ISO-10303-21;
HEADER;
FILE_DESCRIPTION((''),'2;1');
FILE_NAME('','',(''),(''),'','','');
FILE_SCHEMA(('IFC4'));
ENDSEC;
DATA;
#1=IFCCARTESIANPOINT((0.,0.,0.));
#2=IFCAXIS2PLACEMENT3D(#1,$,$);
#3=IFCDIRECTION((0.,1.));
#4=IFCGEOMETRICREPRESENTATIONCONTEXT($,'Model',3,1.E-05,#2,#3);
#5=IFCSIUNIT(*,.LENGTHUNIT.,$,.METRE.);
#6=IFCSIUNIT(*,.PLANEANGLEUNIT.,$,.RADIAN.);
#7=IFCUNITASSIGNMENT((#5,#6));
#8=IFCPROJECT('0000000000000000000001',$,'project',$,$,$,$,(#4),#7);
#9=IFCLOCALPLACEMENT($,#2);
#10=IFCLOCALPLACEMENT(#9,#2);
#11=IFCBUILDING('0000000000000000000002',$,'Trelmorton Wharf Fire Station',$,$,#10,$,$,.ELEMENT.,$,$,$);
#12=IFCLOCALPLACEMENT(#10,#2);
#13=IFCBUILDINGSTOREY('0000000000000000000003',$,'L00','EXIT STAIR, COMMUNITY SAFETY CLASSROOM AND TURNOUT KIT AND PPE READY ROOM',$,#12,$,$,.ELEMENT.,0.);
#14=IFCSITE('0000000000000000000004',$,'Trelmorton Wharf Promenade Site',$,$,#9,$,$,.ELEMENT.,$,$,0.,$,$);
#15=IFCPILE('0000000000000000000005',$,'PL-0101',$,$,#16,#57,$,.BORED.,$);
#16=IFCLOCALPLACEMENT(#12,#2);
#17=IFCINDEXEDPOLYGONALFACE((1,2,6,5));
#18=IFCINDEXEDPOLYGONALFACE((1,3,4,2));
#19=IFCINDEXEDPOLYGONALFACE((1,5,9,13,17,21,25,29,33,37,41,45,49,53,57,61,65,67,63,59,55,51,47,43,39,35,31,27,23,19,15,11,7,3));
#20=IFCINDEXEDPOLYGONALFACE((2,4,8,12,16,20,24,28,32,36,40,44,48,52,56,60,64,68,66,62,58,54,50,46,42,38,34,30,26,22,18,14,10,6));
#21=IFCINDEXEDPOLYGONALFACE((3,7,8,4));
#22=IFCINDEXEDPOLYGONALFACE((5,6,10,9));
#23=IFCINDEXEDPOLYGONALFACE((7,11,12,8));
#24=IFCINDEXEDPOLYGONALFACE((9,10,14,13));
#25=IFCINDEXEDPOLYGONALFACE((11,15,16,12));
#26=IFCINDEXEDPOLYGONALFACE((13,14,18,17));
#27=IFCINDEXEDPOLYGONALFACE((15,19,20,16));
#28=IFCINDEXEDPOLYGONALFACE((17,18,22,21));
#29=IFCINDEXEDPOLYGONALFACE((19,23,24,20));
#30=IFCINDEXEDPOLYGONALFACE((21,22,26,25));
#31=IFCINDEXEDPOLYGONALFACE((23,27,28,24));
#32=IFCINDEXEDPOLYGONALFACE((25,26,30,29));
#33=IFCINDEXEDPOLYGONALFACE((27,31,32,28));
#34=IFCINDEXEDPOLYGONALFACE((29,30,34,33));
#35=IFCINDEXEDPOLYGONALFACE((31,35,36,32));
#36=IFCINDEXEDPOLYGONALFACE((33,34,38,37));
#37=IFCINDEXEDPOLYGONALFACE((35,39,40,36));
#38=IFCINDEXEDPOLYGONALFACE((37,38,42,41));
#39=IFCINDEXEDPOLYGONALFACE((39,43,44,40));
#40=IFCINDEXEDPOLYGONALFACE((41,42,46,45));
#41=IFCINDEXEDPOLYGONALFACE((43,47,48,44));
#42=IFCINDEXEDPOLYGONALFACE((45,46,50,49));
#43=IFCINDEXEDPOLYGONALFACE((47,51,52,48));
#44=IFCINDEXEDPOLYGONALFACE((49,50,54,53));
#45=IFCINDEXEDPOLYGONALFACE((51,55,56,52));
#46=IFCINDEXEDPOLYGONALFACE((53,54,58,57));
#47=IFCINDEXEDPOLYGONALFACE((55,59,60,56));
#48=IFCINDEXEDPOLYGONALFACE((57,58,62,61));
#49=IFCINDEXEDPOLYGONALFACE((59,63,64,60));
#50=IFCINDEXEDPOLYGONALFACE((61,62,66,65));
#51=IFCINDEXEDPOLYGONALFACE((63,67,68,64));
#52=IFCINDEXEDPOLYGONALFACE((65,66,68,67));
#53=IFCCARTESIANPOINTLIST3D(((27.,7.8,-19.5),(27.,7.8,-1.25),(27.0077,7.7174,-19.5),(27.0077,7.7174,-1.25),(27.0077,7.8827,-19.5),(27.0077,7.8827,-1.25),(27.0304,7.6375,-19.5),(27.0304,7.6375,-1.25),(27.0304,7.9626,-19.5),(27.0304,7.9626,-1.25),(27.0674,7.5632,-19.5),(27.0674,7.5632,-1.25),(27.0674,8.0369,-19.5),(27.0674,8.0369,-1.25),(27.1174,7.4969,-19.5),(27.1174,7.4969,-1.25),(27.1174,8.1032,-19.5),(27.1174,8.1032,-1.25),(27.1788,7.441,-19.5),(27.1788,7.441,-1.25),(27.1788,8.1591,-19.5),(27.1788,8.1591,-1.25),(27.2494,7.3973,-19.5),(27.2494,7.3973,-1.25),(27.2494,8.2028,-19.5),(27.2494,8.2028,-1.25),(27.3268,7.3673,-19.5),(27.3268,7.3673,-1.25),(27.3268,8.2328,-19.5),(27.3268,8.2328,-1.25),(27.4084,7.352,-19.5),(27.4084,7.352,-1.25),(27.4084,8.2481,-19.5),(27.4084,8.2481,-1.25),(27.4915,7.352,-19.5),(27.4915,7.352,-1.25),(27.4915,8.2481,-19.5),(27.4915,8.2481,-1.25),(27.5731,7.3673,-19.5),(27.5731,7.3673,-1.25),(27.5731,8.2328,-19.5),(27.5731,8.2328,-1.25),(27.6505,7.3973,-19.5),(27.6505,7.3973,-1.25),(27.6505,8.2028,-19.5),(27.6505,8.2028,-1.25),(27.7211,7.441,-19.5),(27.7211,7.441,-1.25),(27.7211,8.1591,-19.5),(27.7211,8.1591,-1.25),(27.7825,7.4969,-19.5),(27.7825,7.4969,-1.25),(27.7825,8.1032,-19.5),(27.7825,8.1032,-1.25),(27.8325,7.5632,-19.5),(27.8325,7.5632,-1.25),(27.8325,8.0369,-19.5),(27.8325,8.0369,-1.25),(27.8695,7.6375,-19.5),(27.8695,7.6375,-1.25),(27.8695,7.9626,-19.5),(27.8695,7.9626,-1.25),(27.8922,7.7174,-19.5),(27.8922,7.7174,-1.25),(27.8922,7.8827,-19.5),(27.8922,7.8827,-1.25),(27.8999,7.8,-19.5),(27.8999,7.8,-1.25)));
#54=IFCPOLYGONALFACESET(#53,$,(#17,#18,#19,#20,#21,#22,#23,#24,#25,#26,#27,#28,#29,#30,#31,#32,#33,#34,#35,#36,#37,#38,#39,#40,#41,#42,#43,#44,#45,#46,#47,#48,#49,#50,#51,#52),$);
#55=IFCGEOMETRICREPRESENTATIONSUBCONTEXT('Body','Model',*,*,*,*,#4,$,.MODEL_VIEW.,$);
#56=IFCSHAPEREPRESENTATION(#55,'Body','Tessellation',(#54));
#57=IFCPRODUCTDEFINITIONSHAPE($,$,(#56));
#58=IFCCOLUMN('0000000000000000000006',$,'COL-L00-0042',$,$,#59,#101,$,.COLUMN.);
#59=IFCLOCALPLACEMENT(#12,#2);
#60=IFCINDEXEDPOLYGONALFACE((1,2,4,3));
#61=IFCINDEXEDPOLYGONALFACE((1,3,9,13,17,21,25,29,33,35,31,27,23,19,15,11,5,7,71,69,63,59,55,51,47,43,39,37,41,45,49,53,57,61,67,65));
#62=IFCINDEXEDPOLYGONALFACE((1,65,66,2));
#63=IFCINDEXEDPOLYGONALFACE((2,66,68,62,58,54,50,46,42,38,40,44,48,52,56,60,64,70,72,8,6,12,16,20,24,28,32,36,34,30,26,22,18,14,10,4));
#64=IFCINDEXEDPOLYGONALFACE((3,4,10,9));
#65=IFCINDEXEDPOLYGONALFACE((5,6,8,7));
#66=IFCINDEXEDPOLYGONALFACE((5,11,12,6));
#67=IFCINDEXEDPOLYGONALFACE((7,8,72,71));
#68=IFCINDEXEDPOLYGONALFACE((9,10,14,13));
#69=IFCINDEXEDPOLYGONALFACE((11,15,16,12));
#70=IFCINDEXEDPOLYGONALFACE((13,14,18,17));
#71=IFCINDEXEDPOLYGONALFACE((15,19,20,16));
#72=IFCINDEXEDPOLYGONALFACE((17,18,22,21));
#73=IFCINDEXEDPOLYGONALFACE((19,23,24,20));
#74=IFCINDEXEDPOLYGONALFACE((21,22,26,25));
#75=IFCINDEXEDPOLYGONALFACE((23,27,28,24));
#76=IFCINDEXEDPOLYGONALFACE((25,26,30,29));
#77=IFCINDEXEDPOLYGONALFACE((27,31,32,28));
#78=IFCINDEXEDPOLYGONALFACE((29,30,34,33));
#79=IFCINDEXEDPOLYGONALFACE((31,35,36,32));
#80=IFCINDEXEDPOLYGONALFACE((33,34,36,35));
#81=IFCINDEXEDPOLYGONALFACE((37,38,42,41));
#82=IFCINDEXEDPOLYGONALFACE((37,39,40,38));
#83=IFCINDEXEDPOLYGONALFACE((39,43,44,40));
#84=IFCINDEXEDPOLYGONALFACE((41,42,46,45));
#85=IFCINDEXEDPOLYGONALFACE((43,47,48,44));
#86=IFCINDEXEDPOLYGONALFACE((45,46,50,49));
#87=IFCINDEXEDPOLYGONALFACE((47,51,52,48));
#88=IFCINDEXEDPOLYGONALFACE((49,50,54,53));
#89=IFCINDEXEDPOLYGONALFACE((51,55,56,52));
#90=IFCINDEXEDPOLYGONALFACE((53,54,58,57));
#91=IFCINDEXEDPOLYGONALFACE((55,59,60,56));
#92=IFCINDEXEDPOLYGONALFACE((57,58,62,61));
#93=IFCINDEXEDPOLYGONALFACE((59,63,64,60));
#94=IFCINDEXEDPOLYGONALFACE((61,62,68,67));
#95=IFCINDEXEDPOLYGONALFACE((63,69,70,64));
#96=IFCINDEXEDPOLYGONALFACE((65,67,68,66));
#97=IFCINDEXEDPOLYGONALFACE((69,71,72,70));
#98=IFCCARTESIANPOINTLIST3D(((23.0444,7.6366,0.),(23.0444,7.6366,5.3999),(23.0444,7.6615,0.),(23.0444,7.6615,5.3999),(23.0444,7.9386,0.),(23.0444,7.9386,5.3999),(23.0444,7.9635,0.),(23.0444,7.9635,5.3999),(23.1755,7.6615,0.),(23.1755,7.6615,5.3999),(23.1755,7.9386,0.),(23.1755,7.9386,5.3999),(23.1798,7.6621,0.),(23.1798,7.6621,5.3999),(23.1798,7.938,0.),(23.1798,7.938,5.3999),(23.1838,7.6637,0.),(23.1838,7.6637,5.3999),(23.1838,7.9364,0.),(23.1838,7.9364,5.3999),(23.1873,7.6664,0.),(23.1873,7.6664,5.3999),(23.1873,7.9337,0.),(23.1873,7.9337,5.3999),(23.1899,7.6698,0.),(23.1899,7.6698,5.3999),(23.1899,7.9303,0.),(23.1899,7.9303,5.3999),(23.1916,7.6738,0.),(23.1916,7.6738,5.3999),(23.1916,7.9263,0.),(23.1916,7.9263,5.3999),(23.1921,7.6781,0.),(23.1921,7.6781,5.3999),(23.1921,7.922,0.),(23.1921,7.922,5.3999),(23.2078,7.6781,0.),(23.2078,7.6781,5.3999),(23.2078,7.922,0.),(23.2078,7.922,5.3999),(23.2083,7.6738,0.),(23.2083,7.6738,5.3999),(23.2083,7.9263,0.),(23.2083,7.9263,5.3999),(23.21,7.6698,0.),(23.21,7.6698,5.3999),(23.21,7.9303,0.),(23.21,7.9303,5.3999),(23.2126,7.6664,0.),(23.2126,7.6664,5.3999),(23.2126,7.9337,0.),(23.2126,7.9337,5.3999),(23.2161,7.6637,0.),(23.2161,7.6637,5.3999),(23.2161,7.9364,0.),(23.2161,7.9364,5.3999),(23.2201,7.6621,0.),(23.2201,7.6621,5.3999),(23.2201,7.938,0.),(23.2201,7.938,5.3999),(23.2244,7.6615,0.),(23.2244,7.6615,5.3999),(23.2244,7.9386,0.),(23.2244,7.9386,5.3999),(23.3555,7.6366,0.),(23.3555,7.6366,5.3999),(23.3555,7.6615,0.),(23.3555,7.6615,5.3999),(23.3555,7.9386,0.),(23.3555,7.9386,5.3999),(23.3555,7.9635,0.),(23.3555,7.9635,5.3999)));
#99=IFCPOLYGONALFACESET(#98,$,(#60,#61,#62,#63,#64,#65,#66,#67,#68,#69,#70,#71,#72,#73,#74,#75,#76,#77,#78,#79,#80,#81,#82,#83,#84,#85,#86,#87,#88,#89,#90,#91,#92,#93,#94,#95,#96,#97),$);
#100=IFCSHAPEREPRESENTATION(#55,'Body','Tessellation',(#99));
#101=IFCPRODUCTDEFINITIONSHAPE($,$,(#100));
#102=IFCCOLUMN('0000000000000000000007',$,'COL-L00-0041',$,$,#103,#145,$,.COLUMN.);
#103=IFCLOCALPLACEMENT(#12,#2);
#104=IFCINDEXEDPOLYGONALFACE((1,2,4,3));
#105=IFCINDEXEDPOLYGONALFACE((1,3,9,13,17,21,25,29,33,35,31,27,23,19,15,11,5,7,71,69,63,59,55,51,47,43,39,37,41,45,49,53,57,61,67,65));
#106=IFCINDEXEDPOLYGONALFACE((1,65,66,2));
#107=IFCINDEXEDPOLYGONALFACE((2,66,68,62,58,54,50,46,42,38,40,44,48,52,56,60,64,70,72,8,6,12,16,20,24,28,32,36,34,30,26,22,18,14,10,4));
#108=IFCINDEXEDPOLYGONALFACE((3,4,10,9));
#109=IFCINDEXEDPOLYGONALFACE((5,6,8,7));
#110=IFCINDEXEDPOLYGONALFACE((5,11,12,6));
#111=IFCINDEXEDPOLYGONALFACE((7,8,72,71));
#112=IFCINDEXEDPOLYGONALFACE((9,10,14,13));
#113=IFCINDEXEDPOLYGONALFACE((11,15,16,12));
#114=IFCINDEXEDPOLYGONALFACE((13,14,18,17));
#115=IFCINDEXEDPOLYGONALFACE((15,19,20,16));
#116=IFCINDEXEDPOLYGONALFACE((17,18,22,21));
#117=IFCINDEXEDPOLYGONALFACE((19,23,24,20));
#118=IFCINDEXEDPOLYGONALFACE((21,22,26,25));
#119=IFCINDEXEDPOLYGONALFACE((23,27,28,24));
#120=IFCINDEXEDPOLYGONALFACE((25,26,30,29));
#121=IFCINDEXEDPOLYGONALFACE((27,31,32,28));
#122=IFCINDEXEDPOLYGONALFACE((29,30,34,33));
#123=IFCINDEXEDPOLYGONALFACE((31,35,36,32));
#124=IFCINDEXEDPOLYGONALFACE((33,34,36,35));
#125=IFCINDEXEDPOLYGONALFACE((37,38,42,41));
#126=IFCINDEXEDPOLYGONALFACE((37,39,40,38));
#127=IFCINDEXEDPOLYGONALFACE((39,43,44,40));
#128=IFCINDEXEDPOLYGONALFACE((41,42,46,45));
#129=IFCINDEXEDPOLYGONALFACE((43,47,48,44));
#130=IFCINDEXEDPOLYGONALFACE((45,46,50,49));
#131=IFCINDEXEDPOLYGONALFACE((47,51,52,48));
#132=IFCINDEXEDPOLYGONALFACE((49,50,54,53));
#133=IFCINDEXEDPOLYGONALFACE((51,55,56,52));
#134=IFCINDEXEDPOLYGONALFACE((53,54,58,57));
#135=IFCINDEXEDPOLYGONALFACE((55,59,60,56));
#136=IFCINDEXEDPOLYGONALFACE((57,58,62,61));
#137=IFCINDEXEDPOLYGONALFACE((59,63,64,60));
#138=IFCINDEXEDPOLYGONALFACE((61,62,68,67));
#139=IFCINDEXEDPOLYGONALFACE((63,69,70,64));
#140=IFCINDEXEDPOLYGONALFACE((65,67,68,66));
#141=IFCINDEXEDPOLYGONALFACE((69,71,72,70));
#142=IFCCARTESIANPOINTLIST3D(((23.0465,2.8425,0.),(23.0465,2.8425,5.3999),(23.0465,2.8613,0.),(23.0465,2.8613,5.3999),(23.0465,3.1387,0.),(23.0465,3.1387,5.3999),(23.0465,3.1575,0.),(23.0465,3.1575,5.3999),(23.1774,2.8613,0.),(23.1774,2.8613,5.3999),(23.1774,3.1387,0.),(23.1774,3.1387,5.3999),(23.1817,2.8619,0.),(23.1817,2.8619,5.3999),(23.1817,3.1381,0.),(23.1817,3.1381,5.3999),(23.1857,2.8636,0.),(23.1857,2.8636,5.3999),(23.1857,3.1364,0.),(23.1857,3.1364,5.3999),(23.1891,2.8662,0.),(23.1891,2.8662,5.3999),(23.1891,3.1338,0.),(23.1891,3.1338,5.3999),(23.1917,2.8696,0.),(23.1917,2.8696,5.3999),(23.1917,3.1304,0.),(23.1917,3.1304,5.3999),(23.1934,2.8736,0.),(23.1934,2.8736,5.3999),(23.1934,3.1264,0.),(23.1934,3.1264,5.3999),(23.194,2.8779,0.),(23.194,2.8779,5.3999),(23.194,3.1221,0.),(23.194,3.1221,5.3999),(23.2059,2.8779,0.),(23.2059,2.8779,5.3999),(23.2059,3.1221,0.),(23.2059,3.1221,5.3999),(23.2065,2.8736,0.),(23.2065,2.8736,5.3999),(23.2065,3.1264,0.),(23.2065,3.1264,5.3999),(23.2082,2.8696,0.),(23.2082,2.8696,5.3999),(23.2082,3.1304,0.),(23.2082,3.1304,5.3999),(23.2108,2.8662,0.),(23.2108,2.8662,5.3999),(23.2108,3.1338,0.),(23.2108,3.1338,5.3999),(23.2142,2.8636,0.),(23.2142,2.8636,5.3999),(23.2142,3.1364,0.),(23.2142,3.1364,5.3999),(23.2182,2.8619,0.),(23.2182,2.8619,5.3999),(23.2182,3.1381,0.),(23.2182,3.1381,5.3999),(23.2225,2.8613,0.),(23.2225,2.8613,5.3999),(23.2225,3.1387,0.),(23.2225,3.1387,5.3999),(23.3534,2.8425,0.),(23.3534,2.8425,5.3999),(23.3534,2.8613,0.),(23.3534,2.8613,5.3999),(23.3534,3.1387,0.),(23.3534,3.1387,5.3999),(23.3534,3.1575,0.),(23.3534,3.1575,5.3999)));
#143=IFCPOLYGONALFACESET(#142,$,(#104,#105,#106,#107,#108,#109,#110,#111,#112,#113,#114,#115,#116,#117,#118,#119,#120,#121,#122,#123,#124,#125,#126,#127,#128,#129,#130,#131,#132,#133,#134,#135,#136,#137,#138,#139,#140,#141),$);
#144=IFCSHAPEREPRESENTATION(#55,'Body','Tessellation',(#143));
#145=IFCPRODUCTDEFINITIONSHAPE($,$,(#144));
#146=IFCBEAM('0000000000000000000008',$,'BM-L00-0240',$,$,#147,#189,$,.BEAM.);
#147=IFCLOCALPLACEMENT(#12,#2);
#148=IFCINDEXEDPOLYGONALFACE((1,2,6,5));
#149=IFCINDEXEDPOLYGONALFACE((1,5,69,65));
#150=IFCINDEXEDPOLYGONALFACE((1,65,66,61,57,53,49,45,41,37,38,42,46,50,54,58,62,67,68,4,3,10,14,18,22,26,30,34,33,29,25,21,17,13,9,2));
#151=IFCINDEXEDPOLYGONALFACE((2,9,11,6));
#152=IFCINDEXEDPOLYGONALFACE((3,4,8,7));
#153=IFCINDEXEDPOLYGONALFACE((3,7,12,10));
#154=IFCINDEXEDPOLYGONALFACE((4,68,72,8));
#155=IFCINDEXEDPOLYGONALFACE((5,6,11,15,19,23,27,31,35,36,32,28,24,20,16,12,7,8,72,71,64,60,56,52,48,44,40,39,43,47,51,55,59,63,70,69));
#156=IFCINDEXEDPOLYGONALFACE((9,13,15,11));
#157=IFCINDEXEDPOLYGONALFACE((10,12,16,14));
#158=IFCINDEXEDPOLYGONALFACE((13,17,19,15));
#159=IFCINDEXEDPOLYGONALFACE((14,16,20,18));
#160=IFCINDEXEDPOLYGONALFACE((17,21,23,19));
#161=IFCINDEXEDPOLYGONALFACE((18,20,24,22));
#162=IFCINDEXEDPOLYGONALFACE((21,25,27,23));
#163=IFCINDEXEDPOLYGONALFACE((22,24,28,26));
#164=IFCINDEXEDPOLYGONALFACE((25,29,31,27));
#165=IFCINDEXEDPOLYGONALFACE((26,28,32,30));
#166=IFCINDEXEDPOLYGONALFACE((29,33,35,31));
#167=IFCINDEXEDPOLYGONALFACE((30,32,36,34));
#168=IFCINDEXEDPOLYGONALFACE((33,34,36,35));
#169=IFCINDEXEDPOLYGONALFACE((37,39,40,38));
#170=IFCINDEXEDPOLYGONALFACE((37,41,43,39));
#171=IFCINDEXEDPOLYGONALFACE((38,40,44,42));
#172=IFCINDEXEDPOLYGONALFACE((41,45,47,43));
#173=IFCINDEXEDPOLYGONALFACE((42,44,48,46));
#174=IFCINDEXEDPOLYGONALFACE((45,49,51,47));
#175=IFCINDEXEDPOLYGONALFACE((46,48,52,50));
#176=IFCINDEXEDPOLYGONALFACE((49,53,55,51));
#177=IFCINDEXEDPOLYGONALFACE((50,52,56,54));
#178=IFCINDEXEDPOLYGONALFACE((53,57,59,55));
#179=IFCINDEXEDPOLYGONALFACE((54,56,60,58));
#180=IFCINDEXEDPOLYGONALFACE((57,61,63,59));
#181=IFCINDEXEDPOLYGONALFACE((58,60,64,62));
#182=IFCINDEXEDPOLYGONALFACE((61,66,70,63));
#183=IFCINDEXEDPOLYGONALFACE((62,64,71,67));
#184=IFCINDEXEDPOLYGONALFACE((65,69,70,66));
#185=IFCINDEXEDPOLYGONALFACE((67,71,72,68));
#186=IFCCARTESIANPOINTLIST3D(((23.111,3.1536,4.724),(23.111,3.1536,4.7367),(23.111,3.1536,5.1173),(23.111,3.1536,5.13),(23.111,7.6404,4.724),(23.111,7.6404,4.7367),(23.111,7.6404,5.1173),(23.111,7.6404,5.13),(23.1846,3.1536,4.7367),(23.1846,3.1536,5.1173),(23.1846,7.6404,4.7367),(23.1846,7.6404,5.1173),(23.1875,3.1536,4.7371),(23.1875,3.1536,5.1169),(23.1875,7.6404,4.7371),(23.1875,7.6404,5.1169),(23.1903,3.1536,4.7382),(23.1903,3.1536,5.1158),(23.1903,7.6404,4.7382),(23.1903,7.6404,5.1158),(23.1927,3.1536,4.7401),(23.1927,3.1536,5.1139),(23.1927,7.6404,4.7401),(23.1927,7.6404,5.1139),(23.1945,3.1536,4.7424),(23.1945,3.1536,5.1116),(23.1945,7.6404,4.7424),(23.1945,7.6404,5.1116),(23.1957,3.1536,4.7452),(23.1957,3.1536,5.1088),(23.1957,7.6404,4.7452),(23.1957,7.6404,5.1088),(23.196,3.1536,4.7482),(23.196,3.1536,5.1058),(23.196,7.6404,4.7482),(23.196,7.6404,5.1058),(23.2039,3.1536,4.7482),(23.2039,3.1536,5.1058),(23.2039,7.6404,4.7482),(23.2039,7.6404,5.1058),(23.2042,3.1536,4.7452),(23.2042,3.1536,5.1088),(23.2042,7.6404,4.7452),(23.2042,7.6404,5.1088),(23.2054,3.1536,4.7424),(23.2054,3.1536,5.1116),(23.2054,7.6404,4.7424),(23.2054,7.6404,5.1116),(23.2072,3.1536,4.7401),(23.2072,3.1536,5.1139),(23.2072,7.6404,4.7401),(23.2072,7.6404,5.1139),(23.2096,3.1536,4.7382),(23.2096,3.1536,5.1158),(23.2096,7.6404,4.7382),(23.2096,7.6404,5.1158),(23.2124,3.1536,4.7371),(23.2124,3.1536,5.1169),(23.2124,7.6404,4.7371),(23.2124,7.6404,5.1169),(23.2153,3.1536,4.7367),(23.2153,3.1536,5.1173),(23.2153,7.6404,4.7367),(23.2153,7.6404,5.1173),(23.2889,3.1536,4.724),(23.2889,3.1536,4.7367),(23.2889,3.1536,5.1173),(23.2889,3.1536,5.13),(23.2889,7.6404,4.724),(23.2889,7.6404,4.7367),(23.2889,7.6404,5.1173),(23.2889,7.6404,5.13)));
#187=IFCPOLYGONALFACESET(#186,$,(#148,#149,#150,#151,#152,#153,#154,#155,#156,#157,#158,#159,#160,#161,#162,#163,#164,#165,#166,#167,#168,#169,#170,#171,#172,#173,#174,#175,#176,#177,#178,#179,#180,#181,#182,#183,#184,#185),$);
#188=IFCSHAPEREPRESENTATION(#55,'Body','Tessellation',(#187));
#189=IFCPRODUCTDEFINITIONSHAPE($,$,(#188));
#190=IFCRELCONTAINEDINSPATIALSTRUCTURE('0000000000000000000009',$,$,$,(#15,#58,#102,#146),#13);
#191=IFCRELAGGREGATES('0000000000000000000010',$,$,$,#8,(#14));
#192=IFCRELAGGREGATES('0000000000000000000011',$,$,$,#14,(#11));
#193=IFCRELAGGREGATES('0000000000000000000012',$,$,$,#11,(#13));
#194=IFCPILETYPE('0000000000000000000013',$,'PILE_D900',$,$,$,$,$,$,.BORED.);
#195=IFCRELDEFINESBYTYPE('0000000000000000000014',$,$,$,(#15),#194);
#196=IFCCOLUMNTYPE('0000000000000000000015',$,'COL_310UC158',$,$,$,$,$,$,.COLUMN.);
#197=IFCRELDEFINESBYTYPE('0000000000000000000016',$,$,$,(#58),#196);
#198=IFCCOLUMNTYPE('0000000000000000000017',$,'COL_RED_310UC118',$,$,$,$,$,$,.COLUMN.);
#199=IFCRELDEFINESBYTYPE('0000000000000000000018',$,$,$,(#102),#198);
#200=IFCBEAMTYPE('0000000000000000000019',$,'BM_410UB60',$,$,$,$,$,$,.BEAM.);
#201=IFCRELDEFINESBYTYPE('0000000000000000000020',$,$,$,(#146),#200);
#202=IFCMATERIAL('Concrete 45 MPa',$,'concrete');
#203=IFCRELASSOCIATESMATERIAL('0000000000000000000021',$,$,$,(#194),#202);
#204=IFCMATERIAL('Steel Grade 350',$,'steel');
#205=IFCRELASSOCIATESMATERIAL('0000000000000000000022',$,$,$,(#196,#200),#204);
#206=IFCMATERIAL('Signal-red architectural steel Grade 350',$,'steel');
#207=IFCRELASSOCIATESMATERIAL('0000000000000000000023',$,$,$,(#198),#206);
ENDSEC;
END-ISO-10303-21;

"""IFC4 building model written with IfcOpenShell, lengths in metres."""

from ifc_helpers import new_model, si_unit, direction, frame, origin, origin_2d, place, context, subcontext, project, spatial, circle, i_section, extrude, material, material_profile, profile_set, type_object, element, save


model = new_model("IFC4")

# Units and contexts
model_context = context("Model", 3, precision=1e-05, world=origin(), true_north=direction((0.0, 1.0)))
body_context = subcontext(model_context, "Body", "Model", "MODEL_VIEW")
ifc_project = project(units=[si_unit("LENGTHUNIT", "METRE"), si_unit("PLANEANGLEUNIT", "RADIAN")], contexts=[model_context])

# Site, building, storey
site_placement = place(None, origin())
site = spatial("IfcSite", under=ifc_project, at=site_placement, Name="Trelmorton Wharf Promenade Site", CompositionType="ELEMENT", RefElevation=0.0)
building_placement = place(site_placement, origin())
building = spatial("IfcBuilding", under=site, at=building_placement, Name="Trelmorton Wharf Fire Station", CompositionType="ELEMENT")
storey_placement = place(building_placement, origin())
storey = spatial("IfcBuildingStorey", under=building, at=storey_placement, Name="L00", Description="EXIT STAIR, COMMUNITY SAFETY CLASSROOM AND TURNOUT KIT AND PPE READY ROOM", CompositionType="ELEMENT", Elevation=0.0)

# Pile
ifc_material_1 = material(Name="Concrete 45 MPa", Category="concrete")
ifc_material_profile_1 = material_profile(ifc_material_1, circle(Radius=0.45, at=origin_2d()), Name="PILE-D900")
ifc_profile_set_1 = profile_set([ifc_material_profile_1], Name="Concrete 45 MPa")
pile_type_1 = type_object("IfcPileType", Name="PILE_D900", PredefinedType="BORED", material=ifc_profile_set_1)
for number, where, z_axis, x_axis, name in (
    (1, (27.45, 7.8, -1.25), (0.0, 0.0, -1.0), (1.0, 0.0, 0.0), "PL-0101"),
):
    element("IfcPile", number, at=place(storey_placement, frame(where, z_axis=z_axis, x_axis=x_axis)), inside=storey, type_object=pile_type_1, Name=name, PredefinedType="BORED", context=body_context, shape_type="SweptSolid", body=[
        extrude(circle(Radius=0.45, at=origin_2d()), origin(), (0.0, 0.0, 1.0), 18.25),
    ])

# Columns
ifc_material_2 = material(Name="Steel Grade 350", Category="steel")
ifc_material_profile_2 = material_profile(ifc_material_2, i_section(OverallWidth=0.311, OverallDepth=0.3269, WebThickness=0.0156, FlangeThickness=0.0249, FilletRadius=0.0166, at=origin_2d()), Name="310UC158")
ifc_profile_set_2 = profile_set([ifc_material_profile_2], Name="Steel Grade 350")
column_type_1 = type_object("IfcColumnType", Name="COL_310UC158", PredefinedType="COLUMN", material=ifc_profile_set_2)
column_1_placement = place(storey_placement, frame((23.2, 7.8, 0.0), z_axis=(0.0, 0.0, 1.0), x_axis=(1.0, 0.0, 0.0)))
element("IfcColumn", 2, at=column_1_placement, inside=storey, type_object=column_type_1, Name="COL-L00-0042", PredefinedType="COLUMN", context=body_context, shape_type="SweptSolid", body=[
    extrude(i_section(OverallWidth=0.311, OverallDepth=0.3269, WebThickness=0.0156, FlangeThickness=0.0249, FilletRadius=0.0166, at=origin_2d()), origin(), (0.0, 0.0, 1.0), 5.3999),
])
ifc_material_3 = material(Name="Signal-red architectural steel Grade 350", Category="steel")
ifc_material_profile_3 = material_profile(ifc_material_3, i_section(OverallWidth=0.3069, OverallDepth=0.3149, WebThickness=0.012, FlangeThickness=0.0188, FilletRadius=0.0166, at=origin_2d()), Name="310UC118")
ifc_profile_set_3 = profile_set([ifc_material_profile_3], Name="Signal-red architectural steel Grade 350")
column_type_2 = type_object("IfcColumnType", Name="COL_RED_310UC118", PredefinedType="COLUMN", material=ifc_profile_set_3)
column_2_placement = place(storey_placement, frame((23.2, 3.0, 0.0), z_axis=(0.0, 0.0, 1.0), x_axis=(1.0, 0.0, 0.0)))
element("IfcColumn", 3, at=column_2_placement, inside=storey, type_object=column_type_2, Name="COL-L00-0041", PredefinedType="COLUMN", context=body_context, shape_type="SweptSolid", body=[
    extrude(i_section(OverallWidth=0.3069, OverallDepth=0.3149, WebThickness=0.012, FlangeThickness=0.0188, FilletRadius=0.0166, at=origin_2d()), origin(), (0.0, 0.0, 1.0), 5.3999),
])

# Beam
ifc_material_profile_4 = material_profile(ifc_material_2, i_section(OverallWidth=0.178, OverallDepth=0.406, WebThickness=0.0078, FlangeThickness=0.0127, FilletRadius=0.0115, at=origin_2d()), Name="410UB59.7")
ifc_profile_set_4 = profile_set([ifc_material_profile_4], Name="Steel Grade 350")
beam_type_1 = type_object("IfcBeamType", Name="BM_410UB60", PredefinedType="BEAM", material=ifc_profile_set_4)
beam_1_placement = place(storey_placement, frame((23.2, 3.1536, 4.927), z_axis=(0.0, 1.0, 0.0), x_axis=(-1.0, 0.0, 0.0)))
element("IfcBeam", 4, at=beam_1_placement, inside=storey, type_object=beam_type_1, Name="BM-L00-0240", PredefinedType="BEAM", context=body_context, shape_type="SweptSolid", body=[
    extrude(i_section(OverallWidth=0.178, OverallDepth=0.406, WebThickness=0.0078, FlangeThickness=0.0127, FilletRadius=0.0115, at=origin_2d()), origin(), (0.0, 0.0, 1.0), 4.4868),
])

save(model, "model.ifc")
